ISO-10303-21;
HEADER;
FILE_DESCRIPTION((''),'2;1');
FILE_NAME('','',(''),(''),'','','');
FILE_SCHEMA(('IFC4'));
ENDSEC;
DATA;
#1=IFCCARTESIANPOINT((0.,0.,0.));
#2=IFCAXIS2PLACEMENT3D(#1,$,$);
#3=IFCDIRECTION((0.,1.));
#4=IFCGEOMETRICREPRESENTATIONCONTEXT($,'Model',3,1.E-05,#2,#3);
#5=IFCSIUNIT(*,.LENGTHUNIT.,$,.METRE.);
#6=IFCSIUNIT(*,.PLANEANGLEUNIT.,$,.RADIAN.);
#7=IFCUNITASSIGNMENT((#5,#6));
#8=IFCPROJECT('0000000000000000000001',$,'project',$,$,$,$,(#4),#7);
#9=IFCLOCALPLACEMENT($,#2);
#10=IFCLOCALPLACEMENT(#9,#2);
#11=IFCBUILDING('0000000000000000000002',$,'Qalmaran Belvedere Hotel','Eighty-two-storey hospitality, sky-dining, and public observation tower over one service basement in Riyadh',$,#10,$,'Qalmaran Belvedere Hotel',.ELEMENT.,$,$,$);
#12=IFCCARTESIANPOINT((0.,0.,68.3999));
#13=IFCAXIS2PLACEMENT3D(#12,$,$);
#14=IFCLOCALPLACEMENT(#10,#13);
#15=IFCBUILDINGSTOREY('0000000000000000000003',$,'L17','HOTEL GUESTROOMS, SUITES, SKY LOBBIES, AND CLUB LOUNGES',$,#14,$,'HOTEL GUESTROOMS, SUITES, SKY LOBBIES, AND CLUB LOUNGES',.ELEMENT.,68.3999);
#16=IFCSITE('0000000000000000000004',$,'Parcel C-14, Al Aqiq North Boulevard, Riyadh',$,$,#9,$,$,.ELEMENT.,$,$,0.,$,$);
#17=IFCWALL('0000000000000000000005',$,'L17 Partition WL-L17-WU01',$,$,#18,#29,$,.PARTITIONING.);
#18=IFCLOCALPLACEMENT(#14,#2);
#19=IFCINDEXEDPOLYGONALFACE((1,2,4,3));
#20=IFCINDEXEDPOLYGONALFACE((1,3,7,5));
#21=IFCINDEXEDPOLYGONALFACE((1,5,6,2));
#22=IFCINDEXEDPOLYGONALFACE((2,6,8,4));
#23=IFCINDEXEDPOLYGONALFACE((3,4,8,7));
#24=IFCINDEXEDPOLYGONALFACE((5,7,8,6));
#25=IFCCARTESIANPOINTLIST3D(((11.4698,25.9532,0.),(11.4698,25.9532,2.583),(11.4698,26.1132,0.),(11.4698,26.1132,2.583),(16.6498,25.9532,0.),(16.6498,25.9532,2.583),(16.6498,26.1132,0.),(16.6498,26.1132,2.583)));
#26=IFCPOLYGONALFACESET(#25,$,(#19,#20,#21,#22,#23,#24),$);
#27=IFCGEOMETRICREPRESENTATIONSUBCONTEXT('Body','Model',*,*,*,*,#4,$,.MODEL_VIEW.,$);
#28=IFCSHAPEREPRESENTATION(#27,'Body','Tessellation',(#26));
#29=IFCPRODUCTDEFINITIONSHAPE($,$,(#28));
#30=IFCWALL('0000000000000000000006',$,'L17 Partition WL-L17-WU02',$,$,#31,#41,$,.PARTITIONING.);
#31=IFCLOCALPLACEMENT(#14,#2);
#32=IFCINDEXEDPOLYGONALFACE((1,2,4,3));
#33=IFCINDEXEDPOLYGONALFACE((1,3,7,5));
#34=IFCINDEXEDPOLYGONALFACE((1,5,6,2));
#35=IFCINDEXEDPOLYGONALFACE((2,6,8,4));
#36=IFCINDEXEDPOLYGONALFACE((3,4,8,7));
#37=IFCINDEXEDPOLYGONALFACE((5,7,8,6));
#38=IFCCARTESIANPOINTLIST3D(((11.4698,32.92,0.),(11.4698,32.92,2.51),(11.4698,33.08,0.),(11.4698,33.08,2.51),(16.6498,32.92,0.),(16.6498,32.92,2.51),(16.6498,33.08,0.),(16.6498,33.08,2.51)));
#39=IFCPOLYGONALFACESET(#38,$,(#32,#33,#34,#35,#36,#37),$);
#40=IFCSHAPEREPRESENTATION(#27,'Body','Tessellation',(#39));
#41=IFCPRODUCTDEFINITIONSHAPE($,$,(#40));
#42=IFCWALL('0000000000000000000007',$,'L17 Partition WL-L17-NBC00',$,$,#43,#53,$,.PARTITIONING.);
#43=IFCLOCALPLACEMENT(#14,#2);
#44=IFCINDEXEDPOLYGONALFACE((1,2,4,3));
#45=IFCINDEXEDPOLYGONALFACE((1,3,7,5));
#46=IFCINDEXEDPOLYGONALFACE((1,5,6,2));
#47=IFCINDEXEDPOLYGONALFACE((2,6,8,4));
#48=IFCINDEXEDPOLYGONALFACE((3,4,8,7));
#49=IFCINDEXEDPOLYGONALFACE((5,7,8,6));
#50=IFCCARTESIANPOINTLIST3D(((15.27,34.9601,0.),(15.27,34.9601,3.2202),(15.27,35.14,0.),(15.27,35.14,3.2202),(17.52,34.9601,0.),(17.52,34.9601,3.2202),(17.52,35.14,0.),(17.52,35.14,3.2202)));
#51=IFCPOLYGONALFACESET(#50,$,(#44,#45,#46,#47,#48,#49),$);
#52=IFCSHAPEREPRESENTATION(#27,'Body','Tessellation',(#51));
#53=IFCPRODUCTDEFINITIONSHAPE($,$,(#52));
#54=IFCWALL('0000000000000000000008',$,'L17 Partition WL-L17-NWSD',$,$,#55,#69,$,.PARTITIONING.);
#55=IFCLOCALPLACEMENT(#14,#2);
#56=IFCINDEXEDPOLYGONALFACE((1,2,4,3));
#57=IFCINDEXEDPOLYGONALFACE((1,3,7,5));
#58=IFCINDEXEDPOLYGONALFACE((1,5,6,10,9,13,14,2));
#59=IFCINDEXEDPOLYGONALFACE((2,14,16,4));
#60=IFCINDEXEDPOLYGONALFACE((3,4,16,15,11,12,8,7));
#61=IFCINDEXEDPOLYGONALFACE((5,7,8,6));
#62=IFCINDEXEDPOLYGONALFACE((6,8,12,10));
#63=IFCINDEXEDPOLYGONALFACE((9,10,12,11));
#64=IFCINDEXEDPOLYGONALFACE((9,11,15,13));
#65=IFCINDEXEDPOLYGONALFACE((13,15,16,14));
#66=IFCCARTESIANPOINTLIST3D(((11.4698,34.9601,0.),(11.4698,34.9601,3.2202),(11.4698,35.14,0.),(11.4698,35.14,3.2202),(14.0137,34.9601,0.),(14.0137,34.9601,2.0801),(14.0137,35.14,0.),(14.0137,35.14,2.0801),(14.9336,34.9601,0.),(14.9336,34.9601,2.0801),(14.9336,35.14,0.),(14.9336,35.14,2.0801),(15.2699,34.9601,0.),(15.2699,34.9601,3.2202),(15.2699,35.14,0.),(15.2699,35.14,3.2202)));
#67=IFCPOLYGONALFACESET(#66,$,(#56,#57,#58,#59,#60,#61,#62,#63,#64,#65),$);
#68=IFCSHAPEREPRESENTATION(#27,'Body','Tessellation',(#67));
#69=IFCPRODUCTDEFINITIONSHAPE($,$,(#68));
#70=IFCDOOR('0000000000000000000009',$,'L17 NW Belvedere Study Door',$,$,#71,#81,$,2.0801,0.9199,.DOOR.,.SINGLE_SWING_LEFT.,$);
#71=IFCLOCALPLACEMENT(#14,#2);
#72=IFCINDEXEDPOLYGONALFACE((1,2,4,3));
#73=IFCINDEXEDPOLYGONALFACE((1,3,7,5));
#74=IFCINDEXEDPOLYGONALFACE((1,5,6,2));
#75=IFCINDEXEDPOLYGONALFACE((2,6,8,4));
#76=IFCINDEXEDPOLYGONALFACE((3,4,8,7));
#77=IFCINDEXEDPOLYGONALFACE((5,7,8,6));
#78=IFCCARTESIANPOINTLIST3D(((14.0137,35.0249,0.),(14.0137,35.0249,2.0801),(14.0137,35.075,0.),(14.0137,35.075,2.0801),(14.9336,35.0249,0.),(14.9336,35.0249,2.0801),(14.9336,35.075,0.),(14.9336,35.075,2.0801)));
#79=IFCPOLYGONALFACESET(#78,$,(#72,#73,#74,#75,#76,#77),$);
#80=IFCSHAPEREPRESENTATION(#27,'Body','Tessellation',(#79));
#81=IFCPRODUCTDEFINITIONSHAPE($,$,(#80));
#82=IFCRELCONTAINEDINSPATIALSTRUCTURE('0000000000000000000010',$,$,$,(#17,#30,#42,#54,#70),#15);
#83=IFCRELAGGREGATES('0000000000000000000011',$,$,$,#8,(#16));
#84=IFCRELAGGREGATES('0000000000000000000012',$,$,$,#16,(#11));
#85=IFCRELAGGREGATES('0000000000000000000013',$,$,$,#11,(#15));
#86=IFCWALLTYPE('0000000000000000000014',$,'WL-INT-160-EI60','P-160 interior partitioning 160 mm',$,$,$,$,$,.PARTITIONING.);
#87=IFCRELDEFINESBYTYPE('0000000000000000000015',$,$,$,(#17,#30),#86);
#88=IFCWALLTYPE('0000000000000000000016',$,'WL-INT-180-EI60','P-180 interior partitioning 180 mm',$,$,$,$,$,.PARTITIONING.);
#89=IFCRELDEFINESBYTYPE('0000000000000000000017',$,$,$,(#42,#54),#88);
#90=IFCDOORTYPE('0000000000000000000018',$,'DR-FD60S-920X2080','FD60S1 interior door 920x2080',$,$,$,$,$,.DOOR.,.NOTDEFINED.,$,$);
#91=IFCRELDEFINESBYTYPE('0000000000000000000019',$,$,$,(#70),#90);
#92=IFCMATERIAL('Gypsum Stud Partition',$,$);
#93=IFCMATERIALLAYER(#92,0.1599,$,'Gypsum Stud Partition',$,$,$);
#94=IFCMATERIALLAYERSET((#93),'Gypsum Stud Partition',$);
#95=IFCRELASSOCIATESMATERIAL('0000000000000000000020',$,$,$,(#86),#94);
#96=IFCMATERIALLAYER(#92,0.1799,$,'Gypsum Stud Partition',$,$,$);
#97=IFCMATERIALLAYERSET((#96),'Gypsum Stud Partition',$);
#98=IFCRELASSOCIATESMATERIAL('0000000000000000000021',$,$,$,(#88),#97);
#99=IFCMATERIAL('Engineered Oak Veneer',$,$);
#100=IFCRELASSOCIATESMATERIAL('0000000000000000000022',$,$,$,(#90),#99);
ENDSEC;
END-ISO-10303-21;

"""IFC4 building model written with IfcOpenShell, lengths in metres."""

from ifc_helpers import new_model, si_unit, direction, frame, frame_2d, origin, place, context, subcontext, project, spatial, rectangle, extrude, material, layer, layer_set, type_object, element, fill, save


model = new_model("IFC4")

# Units and contexts
model_context = context("Model", 3, precision=1e-05, world=origin(), true_north=direction((0.0, 1.0)))
body_context = subcontext(model_context, "Body", "Model", "MODEL_VIEW")
ifc_project = project(units=[si_unit("LENGTHUNIT", "METRE"), si_unit("PLANEANGLEUNIT", "RADIAN")], contexts=[model_context])

# Site, building, storey
site_placement = place(None, origin())
site = spatial("IfcSite", under=ifc_project, at=site_placement, Name="Parcel C-14, Al Aqiq North Boulevard, Riyadh", CompositionType="ELEMENT", RefElevation=0.0)
building_placement = place(site_placement, origin())
building = spatial("IfcBuilding", under=site, at=building_placement, Name="Qalmaran Belvedere Hotel", Description="Eighty-two-storey hospitality, sky-dining, and public observation tower over one service basement in Riyadh", LongName="Qalmaran Belvedere Hotel", CompositionType="ELEMENT")
storey_placement = place(building_placement, frame((0.0, 0.0, 68.3999)))
storey = spatial("IfcBuildingStorey", under=building, at=storey_placement, Name="L17", Description="HOTEL GUESTROOMS, SUITES, SKY LOBBIES, AND CLUB LOUNGES", LongName="HOTEL GUESTROOMS, SUITES, SKY LOBBIES, AND CLUB LOUNGES", CompositionType="ELEMENT", Elevation=68.3999)

# Shared definitions
ifc_material_1 = material(Name="Engineered Oak Veneer")

# Shared definitions
ifc_material_2 = material(Name="Gypsum Stud Partition")

# Walls
ifc_layer_1 = layer(ifc_material_2, 0.1599, Name="Gypsum Stud Partition")
ifc_layer_set_1 = layer_set([ifc_layer_1], Name="Gypsum Stud Partition")
wall_type_1 = type_object("IfcWallType", Name="WL-INT-160-EI60", Description="P-160 interior partitioning 160 mm", PredefinedType="PARTITIONING", material=ifc_layer_set_1)
wall_1_placement = place(storey_placement, frame((11.47, 26.0332, 0.0), z_axis=(0.0, 0.0, 1.0), x_axis=(1.0, 0.0, 0.0)))
element("IfcWall", 1, at=wall_1_placement, inside=storey, type_object=wall_type_1, Name="L17 Partition WL-L17-WU01", PredefinedType="PARTITIONING", context=body_context, shape_type="SweptSolid", body=[
    extrude(rectangle(XDim=5.1799, YDim=0.1599, at=frame_2d((2.5898, 0.0))), origin(), (0.0, 0.0, 1.0), 2.583),
])
wall_2_placement = place(storey_placement, frame((11.47, 33.0, 0.0), z_axis=(0.0, 0.0, 1.0), x_axis=(1.0, 0.0, 0.0)))
element("IfcWall", 2, at=wall_2_placement, inside=storey, type_object=wall_type_1, Name="L17 Partition WL-L17-WU02", PredefinedType="PARTITIONING", context=body_context, shape_type="SweptSolid", body=[
    extrude(rectangle(XDim=5.1799, YDim=0.1599, at=frame_2d((2.5898, 0.0))), origin(), (0.0, 0.0, 1.0), 2.51),
])
ifc_layer_2 = layer(ifc_material_2, 0.1799, Name="Gypsum Stud Partition")
ifc_layer_set_2 = layer_set([ifc_layer_2], Name="Gypsum Stud Partition")
wall_type_2 = type_object("IfcWallType", Name="WL-INT-180-EI60", Description="P-180 interior partitioning 180 mm", PredefinedType="PARTITIONING", material=ifc_layer_set_2)
wall_3_placement = place(storey_placement, frame((15.27, 35.05, 0.0), z_axis=(0.0, 0.0, 1.0), x_axis=(1.0, 0.0, 0.0)))
element("IfcWall", 3, at=wall_3_placement, inside=storey, type_object=wall_type_2, Name="L17 Partition WL-L17-NBC00", PredefinedType="PARTITIONING", context=body_context, shape_type="SweptSolid", body=[
    extrude(rectangle(XDim=2.25, YDim=0.1799, at=frame_2d((1.125, 0.0))), origin(), (0.0, 0.0, 1.0), 3.2202),
])

# Wall, opening, door
wall_4_placement = place(storey_placement, frame((11.47, 35.05, 0.0), z_axis=(0.0, 0.0, 1.0), x_axis=(1.0, 0.0, 0.0)))
wall_4 = element("IfcWall", 4, at=wall_4_placement, inside=storey, type_object=wall_type_2, Name="L17 Partition WL-L17-NWSD", PredefinedType="PARTITIONING", context=body_context, shape_type="SweptSolid", body=[
    extrude(rectangle(XDim=3.8, YDim=0.1799, at=frame_2d((1.8999, 0.0))), origin(), (0.0, 0.0, 1.0), 3.2202),
])
opening_1_placement = place(wall_4_placement, frame((2.5437, 0.0, 0.0)))
opening_1 = element("IfcOpeningElement", 5, at=opening_1_placement, cuts=wall_4, PredefinedType="OPENING", context=body_context, shape_type="SweptSolid", body=[
    extrude(rectangle(XDim=0.9199, YDim=2.0801, at=frame_2d((0.46, 1.04))), frame((0.0, 0.1001, 0.0), z_axis=(0.0, -1.0, 0.0), x_axis=(1.0, 0.0, 0.0)), (0.0, 0.0, 1.0), 0.2),
])
door_type_1 = type_object("IfcDoorType", Name="DR-FD60S-920X2080", Description="FD60S1 interior door 920x2080", OperationType="NOTDEFINED", PredefinedType="DOOR", material=ifc_material_1)
door_1_placement = place(opening_1_placement, origin())
door_1 = element("IfcDoor", 6, at=door_1_placement, inside=storey, type_object=door_type_1, Name="L17 NW Belvedere Study Door", OperationType="SINGLE_SWING_LEFT", OverallHeight=2.0801, OverallWidth=0.9199, PredefinedType="DOOR", context=body_context, shape_type="SweptSolid", body=[
    extrude(rectangle(XDim=0.9199, YDim=2.0801, at=frame_2d((0.46, 1.04))), frame((0.0, 0.0249, 0.0), z_axis=(0.0, -1.0, 0.0), x_axis=(1.0, 0.0, 0.0)), (0.0, 0.0, 1.0), 0.05),
])
fill(opening_1, door_1)

save(model, "model.ifc")
